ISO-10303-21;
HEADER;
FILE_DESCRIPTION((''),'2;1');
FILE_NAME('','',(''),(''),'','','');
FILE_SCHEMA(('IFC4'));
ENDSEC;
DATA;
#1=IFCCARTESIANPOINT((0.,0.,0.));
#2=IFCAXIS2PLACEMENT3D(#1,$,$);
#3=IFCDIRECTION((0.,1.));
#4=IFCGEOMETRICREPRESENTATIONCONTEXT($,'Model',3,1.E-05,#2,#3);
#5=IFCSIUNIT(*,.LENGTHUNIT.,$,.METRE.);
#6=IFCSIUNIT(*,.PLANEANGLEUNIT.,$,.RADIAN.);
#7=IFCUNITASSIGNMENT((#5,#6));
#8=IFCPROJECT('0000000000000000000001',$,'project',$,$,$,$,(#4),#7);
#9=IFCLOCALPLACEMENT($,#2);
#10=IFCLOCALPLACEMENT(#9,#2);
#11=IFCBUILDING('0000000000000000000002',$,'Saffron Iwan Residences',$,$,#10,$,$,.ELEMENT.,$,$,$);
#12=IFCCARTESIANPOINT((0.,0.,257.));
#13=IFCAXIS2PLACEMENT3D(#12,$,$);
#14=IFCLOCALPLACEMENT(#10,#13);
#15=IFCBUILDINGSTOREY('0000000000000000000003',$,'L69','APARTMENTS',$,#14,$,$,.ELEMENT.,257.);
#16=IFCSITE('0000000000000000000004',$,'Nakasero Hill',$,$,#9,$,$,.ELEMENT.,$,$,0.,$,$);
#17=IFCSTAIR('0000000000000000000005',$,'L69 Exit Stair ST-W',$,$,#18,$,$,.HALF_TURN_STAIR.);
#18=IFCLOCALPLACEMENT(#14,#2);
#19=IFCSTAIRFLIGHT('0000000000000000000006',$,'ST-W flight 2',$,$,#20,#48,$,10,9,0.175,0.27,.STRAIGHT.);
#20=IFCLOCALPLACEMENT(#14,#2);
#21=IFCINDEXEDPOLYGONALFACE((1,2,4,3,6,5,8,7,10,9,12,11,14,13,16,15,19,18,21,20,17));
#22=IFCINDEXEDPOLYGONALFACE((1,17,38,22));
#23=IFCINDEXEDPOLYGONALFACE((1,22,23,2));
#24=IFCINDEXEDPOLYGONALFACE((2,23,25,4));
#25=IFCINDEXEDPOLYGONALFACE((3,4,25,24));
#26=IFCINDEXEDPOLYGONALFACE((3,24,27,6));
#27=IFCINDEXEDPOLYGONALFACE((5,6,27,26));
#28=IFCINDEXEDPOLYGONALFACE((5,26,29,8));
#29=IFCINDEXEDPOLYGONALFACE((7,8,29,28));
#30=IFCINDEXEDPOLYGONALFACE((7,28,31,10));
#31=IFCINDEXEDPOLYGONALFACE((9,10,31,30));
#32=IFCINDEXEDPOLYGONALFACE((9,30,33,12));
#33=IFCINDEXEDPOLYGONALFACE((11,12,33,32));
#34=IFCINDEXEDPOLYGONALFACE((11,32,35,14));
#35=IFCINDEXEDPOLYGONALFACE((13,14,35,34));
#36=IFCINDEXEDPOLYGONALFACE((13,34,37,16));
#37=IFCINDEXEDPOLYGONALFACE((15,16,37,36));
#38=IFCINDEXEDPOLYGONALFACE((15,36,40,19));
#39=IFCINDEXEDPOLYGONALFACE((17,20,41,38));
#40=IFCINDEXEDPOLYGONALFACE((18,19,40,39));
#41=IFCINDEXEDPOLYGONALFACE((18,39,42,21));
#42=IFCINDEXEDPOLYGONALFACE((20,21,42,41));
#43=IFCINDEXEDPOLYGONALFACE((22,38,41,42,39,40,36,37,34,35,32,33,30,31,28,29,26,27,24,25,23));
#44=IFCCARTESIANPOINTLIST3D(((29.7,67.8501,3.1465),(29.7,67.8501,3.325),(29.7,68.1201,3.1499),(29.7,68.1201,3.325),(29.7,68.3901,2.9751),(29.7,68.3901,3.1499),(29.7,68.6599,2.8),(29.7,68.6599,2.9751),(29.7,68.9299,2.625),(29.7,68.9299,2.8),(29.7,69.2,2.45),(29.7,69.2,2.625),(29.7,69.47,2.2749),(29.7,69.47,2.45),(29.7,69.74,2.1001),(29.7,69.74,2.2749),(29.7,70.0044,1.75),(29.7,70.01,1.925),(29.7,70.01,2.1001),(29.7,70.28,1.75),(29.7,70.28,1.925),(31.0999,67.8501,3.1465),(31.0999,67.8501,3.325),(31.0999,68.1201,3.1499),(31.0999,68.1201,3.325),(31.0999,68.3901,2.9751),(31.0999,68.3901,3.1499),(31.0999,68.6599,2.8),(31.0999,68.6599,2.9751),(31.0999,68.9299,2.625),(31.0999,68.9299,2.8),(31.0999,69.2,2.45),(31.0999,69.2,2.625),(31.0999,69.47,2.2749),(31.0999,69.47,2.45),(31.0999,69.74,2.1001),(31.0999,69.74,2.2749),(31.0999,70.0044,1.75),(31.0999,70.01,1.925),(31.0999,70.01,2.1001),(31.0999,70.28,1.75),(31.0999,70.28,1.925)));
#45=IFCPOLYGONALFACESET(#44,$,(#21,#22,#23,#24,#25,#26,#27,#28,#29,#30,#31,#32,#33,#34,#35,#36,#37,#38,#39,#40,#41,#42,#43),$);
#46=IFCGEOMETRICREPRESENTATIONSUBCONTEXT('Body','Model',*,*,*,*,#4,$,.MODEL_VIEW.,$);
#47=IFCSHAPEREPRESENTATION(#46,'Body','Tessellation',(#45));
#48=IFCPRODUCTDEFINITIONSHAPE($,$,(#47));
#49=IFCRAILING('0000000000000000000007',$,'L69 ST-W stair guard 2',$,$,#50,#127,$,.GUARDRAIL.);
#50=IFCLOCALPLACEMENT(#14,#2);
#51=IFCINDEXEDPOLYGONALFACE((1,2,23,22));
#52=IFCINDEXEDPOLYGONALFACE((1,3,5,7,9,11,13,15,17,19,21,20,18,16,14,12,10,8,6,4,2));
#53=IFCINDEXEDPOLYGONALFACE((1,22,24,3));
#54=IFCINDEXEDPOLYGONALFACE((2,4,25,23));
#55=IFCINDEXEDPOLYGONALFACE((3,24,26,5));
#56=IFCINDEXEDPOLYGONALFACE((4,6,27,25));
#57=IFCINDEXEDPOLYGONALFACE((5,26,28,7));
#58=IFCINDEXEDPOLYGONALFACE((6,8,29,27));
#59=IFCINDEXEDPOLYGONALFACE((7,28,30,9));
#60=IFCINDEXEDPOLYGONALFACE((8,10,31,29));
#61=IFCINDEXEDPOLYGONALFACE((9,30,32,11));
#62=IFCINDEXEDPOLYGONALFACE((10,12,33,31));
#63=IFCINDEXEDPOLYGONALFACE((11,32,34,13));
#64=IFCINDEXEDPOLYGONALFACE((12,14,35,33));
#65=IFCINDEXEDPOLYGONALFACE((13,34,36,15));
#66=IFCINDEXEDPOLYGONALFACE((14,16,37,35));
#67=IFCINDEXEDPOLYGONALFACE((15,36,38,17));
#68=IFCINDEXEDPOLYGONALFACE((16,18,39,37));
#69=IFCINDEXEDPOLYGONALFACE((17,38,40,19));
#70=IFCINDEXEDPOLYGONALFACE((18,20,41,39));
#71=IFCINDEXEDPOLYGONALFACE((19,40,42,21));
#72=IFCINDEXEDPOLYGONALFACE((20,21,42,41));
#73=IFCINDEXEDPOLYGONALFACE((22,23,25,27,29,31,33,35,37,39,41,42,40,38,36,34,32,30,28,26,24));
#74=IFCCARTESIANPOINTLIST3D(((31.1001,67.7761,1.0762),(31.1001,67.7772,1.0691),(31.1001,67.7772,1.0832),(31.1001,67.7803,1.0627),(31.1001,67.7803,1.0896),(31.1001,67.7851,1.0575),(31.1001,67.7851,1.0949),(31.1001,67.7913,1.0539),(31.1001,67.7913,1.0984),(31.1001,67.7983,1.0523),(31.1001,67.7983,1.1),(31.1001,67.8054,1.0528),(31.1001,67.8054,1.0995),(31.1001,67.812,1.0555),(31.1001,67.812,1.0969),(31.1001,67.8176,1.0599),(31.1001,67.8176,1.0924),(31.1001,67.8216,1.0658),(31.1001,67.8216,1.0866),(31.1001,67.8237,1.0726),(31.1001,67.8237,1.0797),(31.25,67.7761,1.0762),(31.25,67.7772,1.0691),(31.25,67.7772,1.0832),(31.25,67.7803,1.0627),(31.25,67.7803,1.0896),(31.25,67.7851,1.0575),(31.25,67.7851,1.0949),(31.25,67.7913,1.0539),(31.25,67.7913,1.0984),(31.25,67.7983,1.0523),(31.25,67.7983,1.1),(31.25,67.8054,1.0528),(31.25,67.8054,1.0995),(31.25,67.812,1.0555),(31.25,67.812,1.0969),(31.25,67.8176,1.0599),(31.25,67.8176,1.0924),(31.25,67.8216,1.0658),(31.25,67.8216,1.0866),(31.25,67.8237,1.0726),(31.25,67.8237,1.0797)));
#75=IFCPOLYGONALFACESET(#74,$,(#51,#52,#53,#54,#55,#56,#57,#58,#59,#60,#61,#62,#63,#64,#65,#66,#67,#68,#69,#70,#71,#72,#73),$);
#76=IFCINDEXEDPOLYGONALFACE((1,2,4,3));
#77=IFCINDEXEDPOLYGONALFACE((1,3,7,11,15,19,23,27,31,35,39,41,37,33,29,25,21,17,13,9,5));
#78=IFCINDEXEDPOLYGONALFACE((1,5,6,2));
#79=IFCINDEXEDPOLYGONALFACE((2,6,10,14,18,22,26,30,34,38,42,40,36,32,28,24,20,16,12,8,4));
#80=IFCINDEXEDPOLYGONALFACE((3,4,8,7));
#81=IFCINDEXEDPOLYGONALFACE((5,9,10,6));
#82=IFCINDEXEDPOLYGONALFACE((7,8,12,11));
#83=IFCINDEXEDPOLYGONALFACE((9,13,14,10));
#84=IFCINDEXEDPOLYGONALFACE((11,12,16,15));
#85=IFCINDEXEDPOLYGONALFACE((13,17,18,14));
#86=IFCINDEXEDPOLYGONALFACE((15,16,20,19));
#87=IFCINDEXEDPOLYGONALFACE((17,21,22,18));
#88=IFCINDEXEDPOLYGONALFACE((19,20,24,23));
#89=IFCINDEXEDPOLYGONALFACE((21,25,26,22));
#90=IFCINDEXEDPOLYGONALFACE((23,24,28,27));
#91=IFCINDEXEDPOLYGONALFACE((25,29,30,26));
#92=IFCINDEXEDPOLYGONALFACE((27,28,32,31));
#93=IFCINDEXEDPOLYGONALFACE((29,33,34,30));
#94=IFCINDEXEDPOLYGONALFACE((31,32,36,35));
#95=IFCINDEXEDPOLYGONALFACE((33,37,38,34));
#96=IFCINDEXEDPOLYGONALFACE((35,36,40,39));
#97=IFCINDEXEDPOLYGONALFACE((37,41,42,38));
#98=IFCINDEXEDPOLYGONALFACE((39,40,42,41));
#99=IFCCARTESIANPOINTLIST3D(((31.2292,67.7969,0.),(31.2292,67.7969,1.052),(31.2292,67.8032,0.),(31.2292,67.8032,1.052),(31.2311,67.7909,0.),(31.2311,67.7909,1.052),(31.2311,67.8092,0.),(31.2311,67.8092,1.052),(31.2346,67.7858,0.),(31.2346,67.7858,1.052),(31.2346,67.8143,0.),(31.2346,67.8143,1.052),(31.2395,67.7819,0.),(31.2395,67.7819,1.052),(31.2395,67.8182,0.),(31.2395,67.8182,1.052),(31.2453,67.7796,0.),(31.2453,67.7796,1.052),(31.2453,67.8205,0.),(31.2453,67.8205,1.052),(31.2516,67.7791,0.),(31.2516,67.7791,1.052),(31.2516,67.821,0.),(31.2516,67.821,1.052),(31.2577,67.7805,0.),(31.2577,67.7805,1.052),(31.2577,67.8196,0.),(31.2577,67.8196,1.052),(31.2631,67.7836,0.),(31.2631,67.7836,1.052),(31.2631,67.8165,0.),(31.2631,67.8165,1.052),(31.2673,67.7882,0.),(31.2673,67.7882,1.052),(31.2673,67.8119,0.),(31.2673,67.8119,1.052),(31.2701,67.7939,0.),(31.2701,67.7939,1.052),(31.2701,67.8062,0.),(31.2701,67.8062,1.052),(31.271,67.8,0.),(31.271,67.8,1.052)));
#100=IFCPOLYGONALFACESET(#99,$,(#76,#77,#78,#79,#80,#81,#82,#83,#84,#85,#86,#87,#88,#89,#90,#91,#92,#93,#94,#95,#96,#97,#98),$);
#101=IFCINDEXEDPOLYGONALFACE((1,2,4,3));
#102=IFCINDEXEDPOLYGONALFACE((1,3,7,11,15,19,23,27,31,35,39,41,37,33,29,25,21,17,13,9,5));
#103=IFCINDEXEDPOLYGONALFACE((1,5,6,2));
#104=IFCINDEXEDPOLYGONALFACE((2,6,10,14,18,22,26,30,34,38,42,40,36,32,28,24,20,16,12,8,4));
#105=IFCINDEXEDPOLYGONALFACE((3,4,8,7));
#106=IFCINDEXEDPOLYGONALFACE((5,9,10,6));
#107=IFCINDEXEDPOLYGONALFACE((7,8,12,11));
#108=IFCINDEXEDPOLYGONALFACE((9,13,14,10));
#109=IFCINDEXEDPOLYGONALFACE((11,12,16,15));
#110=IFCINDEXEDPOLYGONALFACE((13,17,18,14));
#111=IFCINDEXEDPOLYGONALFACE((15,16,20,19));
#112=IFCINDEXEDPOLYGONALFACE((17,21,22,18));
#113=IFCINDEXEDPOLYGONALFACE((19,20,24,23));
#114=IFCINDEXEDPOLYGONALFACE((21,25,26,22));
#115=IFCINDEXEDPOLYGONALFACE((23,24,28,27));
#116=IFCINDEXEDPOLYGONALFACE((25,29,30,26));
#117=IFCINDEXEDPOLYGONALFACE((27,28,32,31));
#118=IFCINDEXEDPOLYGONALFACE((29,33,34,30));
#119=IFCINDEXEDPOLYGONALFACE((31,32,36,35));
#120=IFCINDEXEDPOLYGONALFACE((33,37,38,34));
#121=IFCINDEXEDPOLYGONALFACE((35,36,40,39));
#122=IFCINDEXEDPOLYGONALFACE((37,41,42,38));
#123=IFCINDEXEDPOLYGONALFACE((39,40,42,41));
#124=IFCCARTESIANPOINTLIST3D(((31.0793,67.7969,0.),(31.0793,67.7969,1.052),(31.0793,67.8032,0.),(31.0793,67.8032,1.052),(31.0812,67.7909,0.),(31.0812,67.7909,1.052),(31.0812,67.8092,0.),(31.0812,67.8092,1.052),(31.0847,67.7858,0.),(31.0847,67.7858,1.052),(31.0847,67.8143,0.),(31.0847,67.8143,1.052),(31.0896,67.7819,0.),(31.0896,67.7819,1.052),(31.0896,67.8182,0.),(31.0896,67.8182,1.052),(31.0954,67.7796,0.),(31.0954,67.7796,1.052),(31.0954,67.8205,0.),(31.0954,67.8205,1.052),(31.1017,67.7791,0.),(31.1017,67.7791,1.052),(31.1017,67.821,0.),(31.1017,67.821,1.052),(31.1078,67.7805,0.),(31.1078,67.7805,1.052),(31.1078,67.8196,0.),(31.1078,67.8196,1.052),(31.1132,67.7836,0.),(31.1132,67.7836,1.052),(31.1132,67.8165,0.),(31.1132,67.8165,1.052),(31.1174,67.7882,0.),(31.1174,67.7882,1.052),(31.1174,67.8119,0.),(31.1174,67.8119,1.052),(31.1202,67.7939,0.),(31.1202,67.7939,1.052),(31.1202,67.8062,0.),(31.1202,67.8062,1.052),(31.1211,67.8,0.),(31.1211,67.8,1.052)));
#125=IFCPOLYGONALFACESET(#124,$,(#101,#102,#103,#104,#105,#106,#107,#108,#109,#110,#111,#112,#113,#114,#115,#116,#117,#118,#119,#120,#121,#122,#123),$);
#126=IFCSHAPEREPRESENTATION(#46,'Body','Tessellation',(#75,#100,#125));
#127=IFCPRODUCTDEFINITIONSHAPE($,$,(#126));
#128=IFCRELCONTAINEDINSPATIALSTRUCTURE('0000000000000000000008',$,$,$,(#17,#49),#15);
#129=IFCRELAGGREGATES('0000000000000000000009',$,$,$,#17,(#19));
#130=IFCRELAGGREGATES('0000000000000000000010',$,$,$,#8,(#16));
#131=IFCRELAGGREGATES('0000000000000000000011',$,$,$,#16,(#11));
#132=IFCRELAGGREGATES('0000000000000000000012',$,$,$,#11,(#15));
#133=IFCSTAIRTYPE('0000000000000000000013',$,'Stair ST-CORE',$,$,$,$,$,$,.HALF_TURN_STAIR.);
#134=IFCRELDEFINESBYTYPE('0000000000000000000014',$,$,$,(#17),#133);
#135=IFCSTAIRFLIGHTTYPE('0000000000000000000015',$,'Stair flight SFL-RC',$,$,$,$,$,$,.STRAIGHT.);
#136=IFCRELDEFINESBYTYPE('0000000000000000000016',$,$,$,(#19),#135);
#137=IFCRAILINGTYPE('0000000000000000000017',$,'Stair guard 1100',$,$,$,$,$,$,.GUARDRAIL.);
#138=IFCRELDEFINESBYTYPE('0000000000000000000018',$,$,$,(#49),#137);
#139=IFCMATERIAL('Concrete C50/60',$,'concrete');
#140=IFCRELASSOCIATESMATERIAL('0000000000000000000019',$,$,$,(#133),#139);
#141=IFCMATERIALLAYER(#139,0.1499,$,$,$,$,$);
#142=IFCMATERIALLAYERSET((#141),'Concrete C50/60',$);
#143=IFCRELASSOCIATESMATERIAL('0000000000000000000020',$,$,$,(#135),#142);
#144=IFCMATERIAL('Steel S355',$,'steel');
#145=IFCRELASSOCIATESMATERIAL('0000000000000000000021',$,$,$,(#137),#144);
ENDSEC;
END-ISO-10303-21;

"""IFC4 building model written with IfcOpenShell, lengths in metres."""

from ifc_helpers import new_model, si_unit, direction, frame, origin, origin_2d, place, context, subcontext, project, spatial, polyline, circle, outline, extrude, material, layer, layer_set, type_object, element, aggregate, save


model = new_model("IFC4")

# Units and contexts
model_context = context("Model", 3, precision=1e-05, world=origin(), true_north=direction((0.0, 1.0)))
body_context = subcontext(model_context, "Body", "Model", "MODEL_VIEW")
ifc_project = project(units=[si_unit("LENGTHUNIT", "METRE"), si_unit("PLANEANGLEUNIT", "RADIAN")], contexts=[model_context])

# Site, building, storey
site_placement = place(None, origin())
site = spatial("IfcSite", under=ifc_project, at=site_placement, Name="Nakasero Hill", CompositionType="ELEMENT", RefElevation=0.0)
building_placement = place(site_placement, origin())
building = spatial("IfcBuilding", under=site, at=building_placement, Name="Saffron Iwan Residences", CompositionType="ELEMENT")
storey_placement = place(building_placement, frame((0.0, 0.0, 257.0)))
storey = spatial("IfcBuildingStorey", under=building, at=storey_placement, Name="L69", Description="APARTMENTS", CompositionType="ELEMENT", Elevation=257.0)

# Stair, stair flight
ifc_material_1 = material(Name="Concrete C50/60", Category="concrete")
stair_type = type_object("IfcStairType", Name="Stair ST-CORE", PredefinedType="HALF_TURN_STAIR", material=ifc_material_1)
stair_placement = place(storey_placement, origin())
stair = element("IfcStair", 1, at=stair_placement, inside=storey, type_object=stair_type, Name="L69 Exit Stair ST-W", PredefinedType="HALF_TURN_STAIR")
ifc_layer_1 = layer(ifc_material_1, 0.1499)
ifc_layer_set_1 = layer_set([ifc_layer_1], Name="Concrete C50/60")
stair_flight_type = type_object("IfcStairFlightType", Name="Stair flight SFL-RC", PredefinedType="STRAIGHT", material=ifc_layer_set_1)
stair_flight_1_placement = place(storey_placement, frame((30.3999, 70.28, 1.75), z_axis=(0.0, 0.0, 1.0), x_axis=(0.0, -1.0, 0.0)))
stair_flight_1 = element("IfcStairFlight", 2, at=stair_flight_1_placement, type_object=stair_flight_type, Name="ST-W flight 2", NumberOfRisers=10, NumberOfTreads=9, PredefinedType="STRAIGHT", RiserHeight=0.175, TreadLength=0.27, context=body_context, shape_type="SweptSolid", body=[
    extrude(outline(polyline([(0.0, 0.0), (0.0, 0.175), (0.27, 0.175), (0.27, 0.3501), (0.54, 0.3501), (0.54, 0.5249), (0.8101, 0.5249), (0.8101, 0.7), (1.0801, 0.7), (1.0801, 0.875), (1.3501, 0.875), (1.3501, 1.05), (1.6201, 1.05), (1.6201, 1.2251), (1.8899, 1.2251), (1.8899, 1.3999), (2.1599, 1.3999), (2.1599, 1.575), (2.4299, 1.575), (2.4299, 1.75), (2.4299, 1.3965), (0.2756, 0.0), (0.0, 0.0)])), frame((0.0, 0.7, 0.0), z_axis=(0.0, -1.0, 0.0), x_axis=(1.0, 0.0, 0.0)), (0.0, 0.0, 1.0), 1.3999),
])
aggregate(stair, [stair_flight_1])

# Railing
ifc_material_2 = material(Name="Steel S355", Category="steel")
railing_type_1 = type_object("IfcRailingType", Name="Stair guard 1100", PredefinedType="GUARDRAIL", material=ifc_material_2)
railing_1_placement = place(storey_placement, frame((31.25, 67.8, 0.0)))
element("IfcRailing", 3, at=railing_1_placement, inside=storey, type_object=railing_type_1, Name="L69 ST-W stair guard 2", PredefinedType="GUARDRAIL", context=body_context, shape_type="SweptSolid", body=[
    extrude(circle(Radius=0.0239, at=origin_2d()), frame((0.0, 0.0, 1.0762), z_axis=(-1.0, 0.0, 0.0), x_axis=(0.0, -1.0, 0.0)), (0.0, 0.0, 1.0), 0.1499),
    extrude(circle(Radius=0.021, at=origin_2d()), origin(), (0.0, 0.0, 1.0), 1.052),
    extrude(circle(Radius=0.021, at=origin_2d()), frame((-0.1499, 0.0, 0.0)), (0.0, 0.0, 1.0), 1.052),
])

save(model, "model.ifc")
